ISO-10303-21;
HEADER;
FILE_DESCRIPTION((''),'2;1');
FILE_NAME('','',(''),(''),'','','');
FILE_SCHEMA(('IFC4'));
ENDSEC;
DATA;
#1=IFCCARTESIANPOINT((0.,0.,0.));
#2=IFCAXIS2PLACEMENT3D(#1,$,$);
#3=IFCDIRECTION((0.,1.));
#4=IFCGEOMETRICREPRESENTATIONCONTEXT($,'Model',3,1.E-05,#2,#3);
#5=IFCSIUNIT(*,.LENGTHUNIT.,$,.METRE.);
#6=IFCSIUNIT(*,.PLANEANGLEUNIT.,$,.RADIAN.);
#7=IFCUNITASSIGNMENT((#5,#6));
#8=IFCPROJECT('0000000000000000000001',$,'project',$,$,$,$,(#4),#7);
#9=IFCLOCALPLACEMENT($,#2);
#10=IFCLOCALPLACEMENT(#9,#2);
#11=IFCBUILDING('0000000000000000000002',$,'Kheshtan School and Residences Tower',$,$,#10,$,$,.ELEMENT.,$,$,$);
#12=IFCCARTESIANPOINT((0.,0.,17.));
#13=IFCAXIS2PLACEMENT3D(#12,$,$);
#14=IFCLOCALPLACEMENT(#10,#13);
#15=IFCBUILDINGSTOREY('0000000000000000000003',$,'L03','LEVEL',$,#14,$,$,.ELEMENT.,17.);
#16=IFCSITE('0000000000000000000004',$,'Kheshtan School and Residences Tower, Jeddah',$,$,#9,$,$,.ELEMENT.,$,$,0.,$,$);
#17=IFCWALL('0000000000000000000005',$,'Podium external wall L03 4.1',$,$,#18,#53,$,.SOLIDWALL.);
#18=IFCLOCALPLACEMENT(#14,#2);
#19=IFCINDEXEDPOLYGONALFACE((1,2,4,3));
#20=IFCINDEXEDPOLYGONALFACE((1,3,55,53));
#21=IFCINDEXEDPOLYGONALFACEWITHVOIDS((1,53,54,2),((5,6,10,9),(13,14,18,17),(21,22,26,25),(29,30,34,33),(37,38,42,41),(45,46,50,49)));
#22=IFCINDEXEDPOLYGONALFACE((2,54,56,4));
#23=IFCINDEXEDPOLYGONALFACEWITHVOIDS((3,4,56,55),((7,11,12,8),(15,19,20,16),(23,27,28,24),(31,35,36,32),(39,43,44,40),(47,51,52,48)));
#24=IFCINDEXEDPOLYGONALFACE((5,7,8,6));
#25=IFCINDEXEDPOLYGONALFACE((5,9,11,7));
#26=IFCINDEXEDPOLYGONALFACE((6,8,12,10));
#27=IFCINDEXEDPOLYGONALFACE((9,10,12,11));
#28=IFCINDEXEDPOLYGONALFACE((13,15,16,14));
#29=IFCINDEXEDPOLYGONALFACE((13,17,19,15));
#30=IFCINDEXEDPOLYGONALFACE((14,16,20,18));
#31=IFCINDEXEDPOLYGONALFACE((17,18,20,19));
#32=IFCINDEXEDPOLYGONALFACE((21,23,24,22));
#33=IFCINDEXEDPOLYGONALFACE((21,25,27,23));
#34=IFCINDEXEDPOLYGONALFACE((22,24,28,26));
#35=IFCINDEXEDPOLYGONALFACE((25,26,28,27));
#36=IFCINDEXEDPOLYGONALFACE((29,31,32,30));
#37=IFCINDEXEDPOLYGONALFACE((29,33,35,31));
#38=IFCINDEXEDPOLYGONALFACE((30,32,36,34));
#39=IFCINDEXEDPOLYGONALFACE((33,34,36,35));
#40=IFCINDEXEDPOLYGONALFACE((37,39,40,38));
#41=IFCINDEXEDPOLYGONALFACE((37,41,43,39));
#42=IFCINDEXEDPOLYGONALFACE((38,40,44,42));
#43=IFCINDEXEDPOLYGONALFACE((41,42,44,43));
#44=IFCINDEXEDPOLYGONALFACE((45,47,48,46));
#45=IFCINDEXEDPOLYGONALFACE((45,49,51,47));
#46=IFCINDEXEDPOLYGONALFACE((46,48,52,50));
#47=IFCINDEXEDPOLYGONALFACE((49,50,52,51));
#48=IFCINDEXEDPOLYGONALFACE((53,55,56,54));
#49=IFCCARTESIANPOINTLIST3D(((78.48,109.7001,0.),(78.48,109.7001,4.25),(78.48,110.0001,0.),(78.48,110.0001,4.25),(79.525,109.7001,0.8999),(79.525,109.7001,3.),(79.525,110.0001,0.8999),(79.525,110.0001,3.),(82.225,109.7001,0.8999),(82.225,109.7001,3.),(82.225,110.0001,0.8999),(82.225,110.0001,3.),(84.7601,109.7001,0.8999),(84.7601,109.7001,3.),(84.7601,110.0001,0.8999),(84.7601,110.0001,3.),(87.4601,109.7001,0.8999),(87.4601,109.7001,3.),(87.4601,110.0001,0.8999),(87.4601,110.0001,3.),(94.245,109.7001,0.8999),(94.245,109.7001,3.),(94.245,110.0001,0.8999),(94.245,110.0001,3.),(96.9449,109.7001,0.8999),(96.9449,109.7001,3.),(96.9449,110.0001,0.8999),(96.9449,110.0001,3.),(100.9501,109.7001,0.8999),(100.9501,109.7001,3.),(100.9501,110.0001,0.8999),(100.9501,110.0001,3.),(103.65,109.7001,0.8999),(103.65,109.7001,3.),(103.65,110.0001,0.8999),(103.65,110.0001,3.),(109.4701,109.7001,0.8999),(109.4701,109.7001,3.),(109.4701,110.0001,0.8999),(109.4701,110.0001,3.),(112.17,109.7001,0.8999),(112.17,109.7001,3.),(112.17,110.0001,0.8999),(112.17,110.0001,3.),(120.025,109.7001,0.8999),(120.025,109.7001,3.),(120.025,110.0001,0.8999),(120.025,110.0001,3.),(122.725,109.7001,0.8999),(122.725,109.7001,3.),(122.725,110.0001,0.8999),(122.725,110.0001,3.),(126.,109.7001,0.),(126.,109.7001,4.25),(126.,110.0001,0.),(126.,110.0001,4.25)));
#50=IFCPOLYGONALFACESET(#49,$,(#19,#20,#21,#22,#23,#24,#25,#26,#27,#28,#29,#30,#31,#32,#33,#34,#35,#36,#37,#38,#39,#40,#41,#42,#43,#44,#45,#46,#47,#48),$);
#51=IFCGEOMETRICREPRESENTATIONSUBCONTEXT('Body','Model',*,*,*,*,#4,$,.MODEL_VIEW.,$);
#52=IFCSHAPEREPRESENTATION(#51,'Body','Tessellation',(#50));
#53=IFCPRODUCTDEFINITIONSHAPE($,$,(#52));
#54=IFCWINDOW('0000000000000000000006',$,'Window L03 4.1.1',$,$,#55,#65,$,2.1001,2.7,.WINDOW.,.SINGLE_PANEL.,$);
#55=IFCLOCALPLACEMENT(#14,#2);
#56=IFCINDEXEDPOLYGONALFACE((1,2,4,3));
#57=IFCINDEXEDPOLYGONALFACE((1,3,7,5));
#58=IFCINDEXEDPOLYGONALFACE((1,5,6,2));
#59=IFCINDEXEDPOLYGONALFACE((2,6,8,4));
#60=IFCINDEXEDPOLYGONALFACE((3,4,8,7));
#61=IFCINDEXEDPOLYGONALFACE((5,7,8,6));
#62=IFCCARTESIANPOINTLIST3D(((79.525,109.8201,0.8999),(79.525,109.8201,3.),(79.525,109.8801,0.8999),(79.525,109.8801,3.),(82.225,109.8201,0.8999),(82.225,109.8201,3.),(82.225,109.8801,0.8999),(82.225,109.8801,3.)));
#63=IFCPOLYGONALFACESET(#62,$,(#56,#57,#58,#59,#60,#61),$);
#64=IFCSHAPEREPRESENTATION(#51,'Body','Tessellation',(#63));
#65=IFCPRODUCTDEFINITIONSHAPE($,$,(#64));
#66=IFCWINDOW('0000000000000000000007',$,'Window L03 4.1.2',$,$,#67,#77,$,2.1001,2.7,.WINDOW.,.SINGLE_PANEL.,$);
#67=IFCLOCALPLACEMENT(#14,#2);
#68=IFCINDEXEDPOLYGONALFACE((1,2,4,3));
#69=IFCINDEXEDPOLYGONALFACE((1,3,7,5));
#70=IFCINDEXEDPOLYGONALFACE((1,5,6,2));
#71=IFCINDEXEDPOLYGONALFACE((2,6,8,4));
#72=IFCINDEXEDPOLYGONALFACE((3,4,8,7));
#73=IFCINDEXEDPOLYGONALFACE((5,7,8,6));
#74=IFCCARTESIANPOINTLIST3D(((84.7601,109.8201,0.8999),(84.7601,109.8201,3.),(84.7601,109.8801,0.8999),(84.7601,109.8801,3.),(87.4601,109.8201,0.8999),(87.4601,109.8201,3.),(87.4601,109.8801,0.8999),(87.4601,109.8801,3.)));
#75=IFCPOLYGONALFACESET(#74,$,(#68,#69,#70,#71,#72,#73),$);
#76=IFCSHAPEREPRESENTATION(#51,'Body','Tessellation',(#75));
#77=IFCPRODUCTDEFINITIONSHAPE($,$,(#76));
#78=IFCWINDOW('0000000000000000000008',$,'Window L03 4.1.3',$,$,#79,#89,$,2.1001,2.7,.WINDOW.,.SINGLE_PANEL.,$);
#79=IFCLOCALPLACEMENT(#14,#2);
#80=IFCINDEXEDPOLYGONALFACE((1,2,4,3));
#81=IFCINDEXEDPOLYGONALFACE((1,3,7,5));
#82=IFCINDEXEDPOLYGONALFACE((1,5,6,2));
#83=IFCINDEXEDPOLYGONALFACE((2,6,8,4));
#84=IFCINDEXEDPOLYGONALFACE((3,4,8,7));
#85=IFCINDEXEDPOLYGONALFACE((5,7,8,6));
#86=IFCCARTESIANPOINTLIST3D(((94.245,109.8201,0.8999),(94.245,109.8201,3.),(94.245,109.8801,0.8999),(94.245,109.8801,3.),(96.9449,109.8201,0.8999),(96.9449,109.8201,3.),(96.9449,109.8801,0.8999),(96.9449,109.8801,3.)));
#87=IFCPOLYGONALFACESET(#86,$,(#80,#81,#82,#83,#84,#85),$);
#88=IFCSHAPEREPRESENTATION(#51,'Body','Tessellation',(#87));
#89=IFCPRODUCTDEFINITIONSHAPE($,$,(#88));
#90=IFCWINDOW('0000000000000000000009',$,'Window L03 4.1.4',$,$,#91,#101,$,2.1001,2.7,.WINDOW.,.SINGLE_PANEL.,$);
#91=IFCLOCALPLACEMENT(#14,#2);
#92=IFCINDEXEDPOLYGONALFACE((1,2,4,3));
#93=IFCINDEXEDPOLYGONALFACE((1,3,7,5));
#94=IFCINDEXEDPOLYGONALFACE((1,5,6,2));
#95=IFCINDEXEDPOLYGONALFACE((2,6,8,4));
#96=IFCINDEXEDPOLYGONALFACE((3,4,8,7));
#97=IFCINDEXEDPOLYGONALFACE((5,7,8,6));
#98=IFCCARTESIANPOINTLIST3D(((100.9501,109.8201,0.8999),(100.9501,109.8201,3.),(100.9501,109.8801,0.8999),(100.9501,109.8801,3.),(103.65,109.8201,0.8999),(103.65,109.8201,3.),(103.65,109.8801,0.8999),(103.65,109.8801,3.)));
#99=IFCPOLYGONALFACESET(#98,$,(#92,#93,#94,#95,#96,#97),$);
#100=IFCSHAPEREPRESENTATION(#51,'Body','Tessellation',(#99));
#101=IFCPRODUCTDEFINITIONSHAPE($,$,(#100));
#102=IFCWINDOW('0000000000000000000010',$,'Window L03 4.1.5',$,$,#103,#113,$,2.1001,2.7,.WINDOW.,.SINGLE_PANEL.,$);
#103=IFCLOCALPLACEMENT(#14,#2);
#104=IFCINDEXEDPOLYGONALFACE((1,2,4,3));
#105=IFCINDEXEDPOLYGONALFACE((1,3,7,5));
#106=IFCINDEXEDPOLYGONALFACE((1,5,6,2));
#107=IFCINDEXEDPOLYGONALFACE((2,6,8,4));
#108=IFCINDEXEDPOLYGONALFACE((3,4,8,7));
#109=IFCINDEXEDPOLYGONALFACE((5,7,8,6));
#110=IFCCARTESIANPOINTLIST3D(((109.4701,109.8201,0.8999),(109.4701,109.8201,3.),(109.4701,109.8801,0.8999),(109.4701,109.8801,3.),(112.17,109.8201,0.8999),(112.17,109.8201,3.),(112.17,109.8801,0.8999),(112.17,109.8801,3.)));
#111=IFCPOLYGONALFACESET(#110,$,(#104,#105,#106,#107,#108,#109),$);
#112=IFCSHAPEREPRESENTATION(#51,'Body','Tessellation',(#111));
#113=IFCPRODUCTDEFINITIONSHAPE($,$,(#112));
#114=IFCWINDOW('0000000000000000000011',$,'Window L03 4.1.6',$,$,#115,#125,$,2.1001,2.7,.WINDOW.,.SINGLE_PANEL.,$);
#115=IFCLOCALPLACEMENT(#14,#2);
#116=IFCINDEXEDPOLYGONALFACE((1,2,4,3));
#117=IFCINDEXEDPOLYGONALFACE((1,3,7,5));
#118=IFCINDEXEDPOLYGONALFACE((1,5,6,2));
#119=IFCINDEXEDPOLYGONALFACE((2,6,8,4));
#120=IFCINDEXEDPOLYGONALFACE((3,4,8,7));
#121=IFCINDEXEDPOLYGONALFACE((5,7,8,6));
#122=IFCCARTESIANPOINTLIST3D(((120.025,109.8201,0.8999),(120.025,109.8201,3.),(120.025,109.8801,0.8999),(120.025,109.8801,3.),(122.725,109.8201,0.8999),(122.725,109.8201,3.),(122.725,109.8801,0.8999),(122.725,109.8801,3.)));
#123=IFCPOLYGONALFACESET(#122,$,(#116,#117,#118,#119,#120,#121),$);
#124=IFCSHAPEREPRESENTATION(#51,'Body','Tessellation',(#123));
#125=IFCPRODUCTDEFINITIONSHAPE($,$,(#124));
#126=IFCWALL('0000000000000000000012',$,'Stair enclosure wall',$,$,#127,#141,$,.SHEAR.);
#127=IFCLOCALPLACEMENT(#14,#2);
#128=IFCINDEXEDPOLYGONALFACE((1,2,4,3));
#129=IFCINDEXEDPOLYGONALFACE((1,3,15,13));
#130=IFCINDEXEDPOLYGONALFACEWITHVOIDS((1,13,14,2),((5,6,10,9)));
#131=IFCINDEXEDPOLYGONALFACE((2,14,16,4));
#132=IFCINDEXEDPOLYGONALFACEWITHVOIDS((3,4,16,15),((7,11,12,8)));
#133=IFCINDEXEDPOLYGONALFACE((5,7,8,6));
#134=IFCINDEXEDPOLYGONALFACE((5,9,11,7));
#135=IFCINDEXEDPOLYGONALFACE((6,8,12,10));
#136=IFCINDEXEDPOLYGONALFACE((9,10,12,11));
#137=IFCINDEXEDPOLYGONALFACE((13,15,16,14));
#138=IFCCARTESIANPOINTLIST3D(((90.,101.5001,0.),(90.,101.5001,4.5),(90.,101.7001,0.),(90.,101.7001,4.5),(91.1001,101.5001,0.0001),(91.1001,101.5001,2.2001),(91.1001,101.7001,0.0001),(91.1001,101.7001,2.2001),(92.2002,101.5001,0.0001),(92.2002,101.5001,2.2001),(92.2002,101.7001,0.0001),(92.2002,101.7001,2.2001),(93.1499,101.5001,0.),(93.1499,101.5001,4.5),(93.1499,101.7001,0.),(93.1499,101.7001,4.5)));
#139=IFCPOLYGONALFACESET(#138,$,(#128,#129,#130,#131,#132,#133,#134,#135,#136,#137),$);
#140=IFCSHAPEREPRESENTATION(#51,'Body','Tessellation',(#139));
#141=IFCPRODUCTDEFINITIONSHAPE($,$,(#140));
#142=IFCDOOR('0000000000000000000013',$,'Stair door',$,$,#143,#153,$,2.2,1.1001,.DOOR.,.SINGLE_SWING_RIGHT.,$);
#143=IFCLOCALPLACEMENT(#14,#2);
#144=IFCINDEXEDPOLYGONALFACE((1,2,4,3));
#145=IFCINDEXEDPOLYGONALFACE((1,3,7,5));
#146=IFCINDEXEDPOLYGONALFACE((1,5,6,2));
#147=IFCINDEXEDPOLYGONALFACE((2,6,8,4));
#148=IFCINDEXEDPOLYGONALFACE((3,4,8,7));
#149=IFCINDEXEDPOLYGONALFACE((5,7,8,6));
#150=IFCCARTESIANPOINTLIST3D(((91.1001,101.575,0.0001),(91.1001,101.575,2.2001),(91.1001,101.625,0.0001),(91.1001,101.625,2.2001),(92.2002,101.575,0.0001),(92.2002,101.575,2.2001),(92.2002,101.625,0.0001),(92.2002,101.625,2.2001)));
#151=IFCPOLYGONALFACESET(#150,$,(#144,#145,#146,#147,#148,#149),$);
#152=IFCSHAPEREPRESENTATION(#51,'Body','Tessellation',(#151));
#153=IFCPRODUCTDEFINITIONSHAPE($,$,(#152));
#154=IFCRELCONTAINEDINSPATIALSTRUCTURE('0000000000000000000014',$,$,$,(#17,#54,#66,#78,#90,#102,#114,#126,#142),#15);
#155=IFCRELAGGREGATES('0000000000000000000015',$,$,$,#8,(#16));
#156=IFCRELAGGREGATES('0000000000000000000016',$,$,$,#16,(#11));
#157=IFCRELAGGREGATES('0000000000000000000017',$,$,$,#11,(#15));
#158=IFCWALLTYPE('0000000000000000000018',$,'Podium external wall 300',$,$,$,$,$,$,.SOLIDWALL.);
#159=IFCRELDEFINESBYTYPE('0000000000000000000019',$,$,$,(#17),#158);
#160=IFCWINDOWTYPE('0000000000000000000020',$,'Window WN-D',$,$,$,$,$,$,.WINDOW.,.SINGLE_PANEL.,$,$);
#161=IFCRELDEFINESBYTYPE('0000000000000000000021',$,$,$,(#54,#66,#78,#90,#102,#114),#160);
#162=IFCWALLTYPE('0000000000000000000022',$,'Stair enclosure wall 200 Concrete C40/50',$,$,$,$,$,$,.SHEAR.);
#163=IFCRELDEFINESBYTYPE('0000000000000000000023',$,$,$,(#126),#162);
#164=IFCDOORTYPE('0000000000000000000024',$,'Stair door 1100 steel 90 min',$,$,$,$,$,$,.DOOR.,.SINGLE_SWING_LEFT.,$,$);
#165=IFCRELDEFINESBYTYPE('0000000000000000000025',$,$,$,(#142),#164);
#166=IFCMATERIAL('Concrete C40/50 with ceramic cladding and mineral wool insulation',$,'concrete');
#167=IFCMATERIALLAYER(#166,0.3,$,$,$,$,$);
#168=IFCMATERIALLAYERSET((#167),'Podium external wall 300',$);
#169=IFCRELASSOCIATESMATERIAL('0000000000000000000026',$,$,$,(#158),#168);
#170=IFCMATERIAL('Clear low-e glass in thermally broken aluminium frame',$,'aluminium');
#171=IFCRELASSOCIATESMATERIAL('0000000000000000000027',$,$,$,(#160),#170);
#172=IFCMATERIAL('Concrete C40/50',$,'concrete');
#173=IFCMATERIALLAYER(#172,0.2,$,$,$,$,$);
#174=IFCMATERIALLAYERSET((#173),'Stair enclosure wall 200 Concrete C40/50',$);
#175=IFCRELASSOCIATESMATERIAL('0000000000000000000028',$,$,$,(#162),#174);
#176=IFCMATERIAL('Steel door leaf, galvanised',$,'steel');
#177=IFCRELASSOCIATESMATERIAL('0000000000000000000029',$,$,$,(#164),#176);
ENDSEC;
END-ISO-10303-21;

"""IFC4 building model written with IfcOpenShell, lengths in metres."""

from ifc_helpers import new_model, si_unit, direction, frame, frame_2d, origin, place, context, subcontext, project, spatial, rectangle, extrude, source, transform, mapped, material, layer, layer_set, type_object, element, fill, save


model = new_model("IFC4")

# Units and contexts
model_context = context("Model", 3, precision=1e-05, world=origin(), true_north=direction((0.0, 1.0)))
body_context = subcontext(model_context, "Body", "Model", "MODEL_VIEW")
ifc_project = project(units=[si_unit("LENGTHUNIT", "METRE"), si_unit("PLANEANGLEUNIT", "RADIAN")], contexts=[model_context])

# Site, building, storey
site_placement = place(None, origin())
site = spatial("IfcSite", under=ifc_project, at=site_placement, Name="Kheshtan School and Residences Tower, Jeddah", CompositionType="ELEMENT", RefElevation=0.0)
building_placement = place(site_placement, origin())
building = spatial("IfcBuilding", under=site, at=building_placement, Name="Kheshtan School and Residences Tower", CompositionType="ELEMENT")
storey_placement = place(building_placement, frame((0.0, 0.0, 17.0)))
storey = spatial("IfcBuildingStorey", under=building, at=storey_placement, Name="L03", Description="LEVEL", CompositionType="ELEMENT", Elevation=17.0)

# Shared definitions
ifc_material_1 = material(Name="Clear low-e glass in thermally broken aluminium frame", Category="aluminium")

# Wall, openings, windows
ifc_material_2 = material(Name="Concrete C40/50 with ceramic cladding and mineral wool insulation", Category="concrete")
ifc_layer_1 = layer(ifc_material_2, 0.3)
ifc_layer_set_1 = layer_set([ifc_layer_1], Name="Podium external wall 300")
wall_type_1 = type_object("IfcWallType", Name="Podium external wall 300", PredefinedType="SOLIDWALL", material=ifc_layer_set_1)
wall_1_placement = place(storey_placement, frame((78.48, 109.8501, 0.0), z_axis=(0.0, 0.0, 1.0), x_axis=(1.0, 0.0, 0.0)))
wall_1 = element("IfcWall", 1, at=wall_1_placement, inside=storey, type_object=wall_type_1, Name="Podium external wall L03 4.1", PredefinedType="SOLIDWALL", context=body_context, shape_type="SweptSolid", body=[
    extrude(rectangle(XDim=47.52, YDim=0.3, at=frame_2d((23.76, 0.0))), origin(), (0.0, 0.0, 1.0), 4.25),
])
opening_1_placement = place(wall_1_placement, frame((1.0449, 0.0, 0.8999)))
opening_1 = element("IfcOpeningElement", 2, at=opening_1_placement, cuts=wall_1, PredefinedType="OPENING", context=body_context, shape_type="SweptSolid", body=[
    extrude(rectangle(XDim=2.7, YDim=2.1001, at=frame_2d((1.3501, 1.05))), frame((0.0, 0.1602, 0.0), z_axis=(0.0, -1.0, 0.0), x_axis=(1.0, 0.0, 0.0)), (0.0, 0.0, 1.0), 0.3201),
])
opening_2_placement = place(wall_1_placement, frame((6.28, 0.0, 0.8999)))
opening_2 = element("IfcOpeningElement", 3, at=opening_2_placement, cuts=wall_1, PredefinedType="OPENING", context=body_context, shape_type="SweptSolid", body=[
    extrude(rectangle(XDim=2.7, YDim=2.1001, at=frame_2d((1.3501, 1.05))), frame((0.0, 0.1602, 0.0), z_axis=(0.0, -1.0, 0.0), x_axis=(1.0, 0.0, 0.0)), (0.0, 0.0, 1.0), 0.3201),
])
opening_3_placement = place(wall_1_placement, frame((15.7649, 0.0, 0.8999)))
opening_3 = element("IfcOpeningElement", 4, at=opening_3_placement, cuts=wall_1, PredefinedType="OPENING", context=body_context, shape_type="SweptSolid", body=[
    extrude(rectangle(XDim=2.7, YDim=2.1001, at=frame_2d((1.3501, 1.05))), frame((0.0, 0.1602, 0.0), z_axis=(0.0, -1.0, 0.0), x_axis=(1.0, 0.0, 0.0)), (0.0, 0.0, 1.0), 0.3201),
])
opening_4_placement = place(wall_1_placement, frame((22.47, 0.0, 0.8999)))
opening_4 = element("IfcOpeningElement", 5, at=opening_4_placement, cuts=wall_1, PredefinedType="OPENING", context=body_context, shape_type="SweptSolid", body=[
    extrude(rectangle(XDim=2.7, YDim=2.1001, at=frame_2d((1.3501, 1.05))), frame((0.0, 0.1602, 0.0), z_axis=(0.0, -1.0, 0.0), x_axis=(1.0, 0.0, 0.0)), (0.0, 0.0, 1.0), 0.3201),
])
opening_5_placement = place(wall_1_placement, frame((30.99, 0.0, 0.8999)))
opening_5 = element("IfcOpeningElement", 6, at=opening_5_placement, cuts=wall_1, PredefinedType="OPENING", context=body_context, shape_type="SweptSolid", body=[
    extrude(rectangle(XDim=2.7, YDim=2.1001, at=frame_2d((1.3501, 1.05))), frame((0.0, 0.1602, 0.0), z_axis=(0.0, -1.0, 0.0), x_axis=(1.0, 0.0, 0.0)), (0.0, 0.0, 1.0), 0.3201),
])
opening_6_placement = place(wall_1_placement, frame((41.5449, 0.0, 0.8999)))
opening_6 = element("IfcOpeningElement", 7, at=opening_6_placement, cuts=wall_1, PredefinedType="OPENING", context=body_context, shape_type="SweptSolid", body=[
    extrude(rectangle(XDim=2.7, YDim=2.1001, at=frame_2d((1.3501, 1.05))), frame((0.0, 0.1602, 0.0), z_axis=(0.0, -1.0, 0.0), x_axis=(1.0, 0.0, 0.0)), (0.0, 0.0, 1.0), 0.3201),
])
window_type = type_object("IfcWindowType", Name="Window WN-D", PartitioningType="SINGLE_PANEL", PredefinedType="WINDOW", material=ifc_material_1)
shared_shape_1 = source(origin(), body_context, "Body", "SweptSolid", [
    extrude(rectangle(XDim=2.7, YDim=2.1001, at=frame_2d((1.3501, 1.05))), frame((0.0, 0.03, 0.0), z_axis=(0.0, -1.0, 0.0), x_axis=(1.0, 0.0, 0.0)), (0.0, 0.0, 1.0), 0.0601),
])
window_1_placement = place(opening_1_placement, origin())
window_1 = element("IfcWindow", 8, at=window_1_placement, inside=storey, type_object=window_type, Name="Window L03 4.1.1", OverallHeight=2.1001, OverallWidth=2.7, PartitioningType="SINGLE_PANEL", PredefinedType="WINDOW", context=body_context, shape_type="MappedRepresentation", body=[
    mapped(shared_shape_1, transform((0.0, 0.0, 0.0), x_axis=(1.0, 0.0, 0.0), y_axis=(0.0, 1.0, 0.0), z_axis=(0.0, 0.0, 1.0), scale=1.0)),
])
fill(opening_1, window_1)
window_2_placement = place(opening_2_placement, origin())
window_2 = element("IfcWindow", 9, at=window_2_placement, inside=storey, type_object=window_type, Name="Window L03 4.1.2", OverallHeight=2.1001, OverallWidth=2.7, PartitioningType="SINGLE_PANEL", PredefinedType="WINDOW", context=body_context, shape_type="MappedRepresentation", body=[
    mapped(shared_shape_1, transform((0.0, 0.0, 0.0), x_axis=(1.0, 0.0, 0.0), y_axis=(0.0, 1.0, 0.0), z_axis=(0.0, 0.0, 1.0), scale=1.0)),
])
fill(opening_2, window_2)
window_3_placement = place(opening_3_placement, origin())
window_3 = element("IfcWindow", 10, at=window_3_placement, inside=storey, type_object=window_type, Name="Window L03 4.1.3", OverallHeight=2.1001, OverallWidth=2.7, PartitioningType="SINGLE_PANEL", PredefinedType="WINDOW", context=body_context, shape_type="MappedRepresentation", body=[
    mapped(shared_shape_1, transform((0.0, 0.0, 0.0), x_axis=(1.0, 0.0, 0.0), y_axis=(0.0, 1.0, 0.0), z_axis=(0.0, 0.0, 1.0), scale=1.0)),
])
fill(opening_3, window_3)
window_4_placement = place(opening_4_placement, origin())
window_4 = element("IfcWindow", 11, at=window_4_placement, inside=storey, type_object=window_type, Name="Window L03 4.1.4", OverallHeight=2.1001, OverallWidth=2.7, PartitioningType="SINGLE_PANEL", PredefinedType="WINDOW", context=body_context, shape_type="MappedRepresentation", body=[
    mapped(shared_shape_1, transform((0.0, 0.0, 0.0), x_axis=(1.0, 0.0, 0.0), y_axis=(0.0, 1.0, 0.0), z_axis=(0.0, 0.0, 1.0), scale=1.0)),
])
fill(opening_4, window_4)
window_5_placement = place(opening_5_placement, origin())
window_5 = element("IfcWindow", 12, at=window_5_placement, inside=storey, type_object=window_type, Name="Window L03 4.1.5", OverallHeight=2.1001, OverallWidth=2.7, PartitioningType="SINGLE_PANEL", PredefinedType="WINDOW", context=body_context, shape_type="MappedRepresentation", body=[
    mapped(shared_shape_1, transform((0.0, 0.0, 0.0), x_axis=(1.0, 0.0, 0.0), y_axis=(0.0, 1.0, 0.0), z_axis=(0.0, 0.0, 1.0), scale=1.0)),
])
fill(opening_5, window_5)
window_6_placement = place(opening_6_placement, origin())
window_6 = element("IfcWindow", 13, at=window_6_placement, inside=storey, type_object=window_type, Name="Window L03 4.1.6", OverallHeight=2.1001, OverallWidth=2.7, PartitioningType="SINGLE_PANEL", PredefinedType="WINDOW", context=body_context, shape_type="MappedRepresentation", body=[
    mapped(shared_shape_1, transform((0.0, 0.0, 0.0), x_axis=(1.0, 0.0, 0.0), y_axis=(0.0, 1.0, 0.0), z_axis=(0.0, 0.0, 1.0), scale=1.0)),
])
fill(opening_6, window_6)

# Wall, opening, door
ifc_material_3 = material(Name="Concrete C40/50", Category="concrete")
ifc_layer_2 = layer(ifc_material_3, 0.2)
ifc_layer_set_2 = layer_set([ifc_layer_2], Name="Stair enclosure wall 200 Concrete C40/50")
wall_type_2 = type_object("IfcWallType", Name="Stair enclosure wall 200 Concrete C40/50", PredefinedType="SHEAR", material=ifc_layer_set_2)
wall_2_placement = place(storey_placement, frame((90.0, 101.6001, 0.0), z_axis=(0.0, 0.0, 1.0), x_axis=(1.0, 0.0, 0.0)))
wall_2 = element("IfcWall", 14, at=wall_2_placement, inside=storey, type_object=wall_type_2, Name="Stair enclosure wall", PredefinedType="SHEAR", context=body_context, shape_type="SweptSolid", body=[
    extrude(rectangle(XDim=3.1499, YDim=0.2, at=frame_2d((1.575, 0.0))), origin(), (0.0, 0.0, 1.0), 4.5),
])
opening_7_placement = place(wall_2_placement, frame((1.1001, 0.0, 0.0)))
opening_7 = element("IfcOpeningElement", 15, at=opening_7_placement, cuts=wall_2, PredefinedType="OPENING", context=body_context, shape_type="SweptSolid", body=[
    extrude(rectangle(XDim=1.1001, YDim=2.2, at=frame_2d((0.55, 1.1001))), frame((0.0, 0.1099, 0.0), z_axis=(0.0, -1.0, 0.0), x_axis=(1.0, 0.0, 0.0)), (0.0, 0.0, 1.0), 0.22),
])
ifc_material_4 = material(Name="Steel door leaf, galvanised", Category="steel")
door_type = type_object("IfcDoorType", Name="Stair door 1100 steel 90 min", OperationType="SINGLE_SWING_LEFT", PredefinedType="DOOR", material=ifc_material_4)
shared_shape_2 = source(origin(), body_context, "Body", "SweptSolid", [
    extrude(rectangle(XDim=1.1001, YDim=2.2, at=frame_2d((0.55, 1.1001))), frame((0.0, 0.0249, 0.0), z_axis=(0.0, -1.0, 0.0), x_axis=(1.0, 0.0, 0.0)), (0.0, 0.0, 1.0), 0.05),
])
door_placement = place(opening_7_placement, origin())
door = element("IfcDoor", 16, at=door_placement, inside=storey, type_object=door_type, Name="Stair door", OperationType="SINGLE_SWING_RIGHT", OverallHeight=2.2, OverallWidth=1.1001, PredefinedType="DOOR", context=body_context, shape_type="MappedRepresentation", body=[
    mapped(shared_shape_2, transform((0.0, 0.0, 0.0), x_axis=(1.0, 0.0, 0.0), y_axis=(0.0, 1.0, 0.0), z_axis=(0.0, 0.0, 1.0), scale=1.0)),
])
fill(opening_7, door)

save(model, "model.ifc")
